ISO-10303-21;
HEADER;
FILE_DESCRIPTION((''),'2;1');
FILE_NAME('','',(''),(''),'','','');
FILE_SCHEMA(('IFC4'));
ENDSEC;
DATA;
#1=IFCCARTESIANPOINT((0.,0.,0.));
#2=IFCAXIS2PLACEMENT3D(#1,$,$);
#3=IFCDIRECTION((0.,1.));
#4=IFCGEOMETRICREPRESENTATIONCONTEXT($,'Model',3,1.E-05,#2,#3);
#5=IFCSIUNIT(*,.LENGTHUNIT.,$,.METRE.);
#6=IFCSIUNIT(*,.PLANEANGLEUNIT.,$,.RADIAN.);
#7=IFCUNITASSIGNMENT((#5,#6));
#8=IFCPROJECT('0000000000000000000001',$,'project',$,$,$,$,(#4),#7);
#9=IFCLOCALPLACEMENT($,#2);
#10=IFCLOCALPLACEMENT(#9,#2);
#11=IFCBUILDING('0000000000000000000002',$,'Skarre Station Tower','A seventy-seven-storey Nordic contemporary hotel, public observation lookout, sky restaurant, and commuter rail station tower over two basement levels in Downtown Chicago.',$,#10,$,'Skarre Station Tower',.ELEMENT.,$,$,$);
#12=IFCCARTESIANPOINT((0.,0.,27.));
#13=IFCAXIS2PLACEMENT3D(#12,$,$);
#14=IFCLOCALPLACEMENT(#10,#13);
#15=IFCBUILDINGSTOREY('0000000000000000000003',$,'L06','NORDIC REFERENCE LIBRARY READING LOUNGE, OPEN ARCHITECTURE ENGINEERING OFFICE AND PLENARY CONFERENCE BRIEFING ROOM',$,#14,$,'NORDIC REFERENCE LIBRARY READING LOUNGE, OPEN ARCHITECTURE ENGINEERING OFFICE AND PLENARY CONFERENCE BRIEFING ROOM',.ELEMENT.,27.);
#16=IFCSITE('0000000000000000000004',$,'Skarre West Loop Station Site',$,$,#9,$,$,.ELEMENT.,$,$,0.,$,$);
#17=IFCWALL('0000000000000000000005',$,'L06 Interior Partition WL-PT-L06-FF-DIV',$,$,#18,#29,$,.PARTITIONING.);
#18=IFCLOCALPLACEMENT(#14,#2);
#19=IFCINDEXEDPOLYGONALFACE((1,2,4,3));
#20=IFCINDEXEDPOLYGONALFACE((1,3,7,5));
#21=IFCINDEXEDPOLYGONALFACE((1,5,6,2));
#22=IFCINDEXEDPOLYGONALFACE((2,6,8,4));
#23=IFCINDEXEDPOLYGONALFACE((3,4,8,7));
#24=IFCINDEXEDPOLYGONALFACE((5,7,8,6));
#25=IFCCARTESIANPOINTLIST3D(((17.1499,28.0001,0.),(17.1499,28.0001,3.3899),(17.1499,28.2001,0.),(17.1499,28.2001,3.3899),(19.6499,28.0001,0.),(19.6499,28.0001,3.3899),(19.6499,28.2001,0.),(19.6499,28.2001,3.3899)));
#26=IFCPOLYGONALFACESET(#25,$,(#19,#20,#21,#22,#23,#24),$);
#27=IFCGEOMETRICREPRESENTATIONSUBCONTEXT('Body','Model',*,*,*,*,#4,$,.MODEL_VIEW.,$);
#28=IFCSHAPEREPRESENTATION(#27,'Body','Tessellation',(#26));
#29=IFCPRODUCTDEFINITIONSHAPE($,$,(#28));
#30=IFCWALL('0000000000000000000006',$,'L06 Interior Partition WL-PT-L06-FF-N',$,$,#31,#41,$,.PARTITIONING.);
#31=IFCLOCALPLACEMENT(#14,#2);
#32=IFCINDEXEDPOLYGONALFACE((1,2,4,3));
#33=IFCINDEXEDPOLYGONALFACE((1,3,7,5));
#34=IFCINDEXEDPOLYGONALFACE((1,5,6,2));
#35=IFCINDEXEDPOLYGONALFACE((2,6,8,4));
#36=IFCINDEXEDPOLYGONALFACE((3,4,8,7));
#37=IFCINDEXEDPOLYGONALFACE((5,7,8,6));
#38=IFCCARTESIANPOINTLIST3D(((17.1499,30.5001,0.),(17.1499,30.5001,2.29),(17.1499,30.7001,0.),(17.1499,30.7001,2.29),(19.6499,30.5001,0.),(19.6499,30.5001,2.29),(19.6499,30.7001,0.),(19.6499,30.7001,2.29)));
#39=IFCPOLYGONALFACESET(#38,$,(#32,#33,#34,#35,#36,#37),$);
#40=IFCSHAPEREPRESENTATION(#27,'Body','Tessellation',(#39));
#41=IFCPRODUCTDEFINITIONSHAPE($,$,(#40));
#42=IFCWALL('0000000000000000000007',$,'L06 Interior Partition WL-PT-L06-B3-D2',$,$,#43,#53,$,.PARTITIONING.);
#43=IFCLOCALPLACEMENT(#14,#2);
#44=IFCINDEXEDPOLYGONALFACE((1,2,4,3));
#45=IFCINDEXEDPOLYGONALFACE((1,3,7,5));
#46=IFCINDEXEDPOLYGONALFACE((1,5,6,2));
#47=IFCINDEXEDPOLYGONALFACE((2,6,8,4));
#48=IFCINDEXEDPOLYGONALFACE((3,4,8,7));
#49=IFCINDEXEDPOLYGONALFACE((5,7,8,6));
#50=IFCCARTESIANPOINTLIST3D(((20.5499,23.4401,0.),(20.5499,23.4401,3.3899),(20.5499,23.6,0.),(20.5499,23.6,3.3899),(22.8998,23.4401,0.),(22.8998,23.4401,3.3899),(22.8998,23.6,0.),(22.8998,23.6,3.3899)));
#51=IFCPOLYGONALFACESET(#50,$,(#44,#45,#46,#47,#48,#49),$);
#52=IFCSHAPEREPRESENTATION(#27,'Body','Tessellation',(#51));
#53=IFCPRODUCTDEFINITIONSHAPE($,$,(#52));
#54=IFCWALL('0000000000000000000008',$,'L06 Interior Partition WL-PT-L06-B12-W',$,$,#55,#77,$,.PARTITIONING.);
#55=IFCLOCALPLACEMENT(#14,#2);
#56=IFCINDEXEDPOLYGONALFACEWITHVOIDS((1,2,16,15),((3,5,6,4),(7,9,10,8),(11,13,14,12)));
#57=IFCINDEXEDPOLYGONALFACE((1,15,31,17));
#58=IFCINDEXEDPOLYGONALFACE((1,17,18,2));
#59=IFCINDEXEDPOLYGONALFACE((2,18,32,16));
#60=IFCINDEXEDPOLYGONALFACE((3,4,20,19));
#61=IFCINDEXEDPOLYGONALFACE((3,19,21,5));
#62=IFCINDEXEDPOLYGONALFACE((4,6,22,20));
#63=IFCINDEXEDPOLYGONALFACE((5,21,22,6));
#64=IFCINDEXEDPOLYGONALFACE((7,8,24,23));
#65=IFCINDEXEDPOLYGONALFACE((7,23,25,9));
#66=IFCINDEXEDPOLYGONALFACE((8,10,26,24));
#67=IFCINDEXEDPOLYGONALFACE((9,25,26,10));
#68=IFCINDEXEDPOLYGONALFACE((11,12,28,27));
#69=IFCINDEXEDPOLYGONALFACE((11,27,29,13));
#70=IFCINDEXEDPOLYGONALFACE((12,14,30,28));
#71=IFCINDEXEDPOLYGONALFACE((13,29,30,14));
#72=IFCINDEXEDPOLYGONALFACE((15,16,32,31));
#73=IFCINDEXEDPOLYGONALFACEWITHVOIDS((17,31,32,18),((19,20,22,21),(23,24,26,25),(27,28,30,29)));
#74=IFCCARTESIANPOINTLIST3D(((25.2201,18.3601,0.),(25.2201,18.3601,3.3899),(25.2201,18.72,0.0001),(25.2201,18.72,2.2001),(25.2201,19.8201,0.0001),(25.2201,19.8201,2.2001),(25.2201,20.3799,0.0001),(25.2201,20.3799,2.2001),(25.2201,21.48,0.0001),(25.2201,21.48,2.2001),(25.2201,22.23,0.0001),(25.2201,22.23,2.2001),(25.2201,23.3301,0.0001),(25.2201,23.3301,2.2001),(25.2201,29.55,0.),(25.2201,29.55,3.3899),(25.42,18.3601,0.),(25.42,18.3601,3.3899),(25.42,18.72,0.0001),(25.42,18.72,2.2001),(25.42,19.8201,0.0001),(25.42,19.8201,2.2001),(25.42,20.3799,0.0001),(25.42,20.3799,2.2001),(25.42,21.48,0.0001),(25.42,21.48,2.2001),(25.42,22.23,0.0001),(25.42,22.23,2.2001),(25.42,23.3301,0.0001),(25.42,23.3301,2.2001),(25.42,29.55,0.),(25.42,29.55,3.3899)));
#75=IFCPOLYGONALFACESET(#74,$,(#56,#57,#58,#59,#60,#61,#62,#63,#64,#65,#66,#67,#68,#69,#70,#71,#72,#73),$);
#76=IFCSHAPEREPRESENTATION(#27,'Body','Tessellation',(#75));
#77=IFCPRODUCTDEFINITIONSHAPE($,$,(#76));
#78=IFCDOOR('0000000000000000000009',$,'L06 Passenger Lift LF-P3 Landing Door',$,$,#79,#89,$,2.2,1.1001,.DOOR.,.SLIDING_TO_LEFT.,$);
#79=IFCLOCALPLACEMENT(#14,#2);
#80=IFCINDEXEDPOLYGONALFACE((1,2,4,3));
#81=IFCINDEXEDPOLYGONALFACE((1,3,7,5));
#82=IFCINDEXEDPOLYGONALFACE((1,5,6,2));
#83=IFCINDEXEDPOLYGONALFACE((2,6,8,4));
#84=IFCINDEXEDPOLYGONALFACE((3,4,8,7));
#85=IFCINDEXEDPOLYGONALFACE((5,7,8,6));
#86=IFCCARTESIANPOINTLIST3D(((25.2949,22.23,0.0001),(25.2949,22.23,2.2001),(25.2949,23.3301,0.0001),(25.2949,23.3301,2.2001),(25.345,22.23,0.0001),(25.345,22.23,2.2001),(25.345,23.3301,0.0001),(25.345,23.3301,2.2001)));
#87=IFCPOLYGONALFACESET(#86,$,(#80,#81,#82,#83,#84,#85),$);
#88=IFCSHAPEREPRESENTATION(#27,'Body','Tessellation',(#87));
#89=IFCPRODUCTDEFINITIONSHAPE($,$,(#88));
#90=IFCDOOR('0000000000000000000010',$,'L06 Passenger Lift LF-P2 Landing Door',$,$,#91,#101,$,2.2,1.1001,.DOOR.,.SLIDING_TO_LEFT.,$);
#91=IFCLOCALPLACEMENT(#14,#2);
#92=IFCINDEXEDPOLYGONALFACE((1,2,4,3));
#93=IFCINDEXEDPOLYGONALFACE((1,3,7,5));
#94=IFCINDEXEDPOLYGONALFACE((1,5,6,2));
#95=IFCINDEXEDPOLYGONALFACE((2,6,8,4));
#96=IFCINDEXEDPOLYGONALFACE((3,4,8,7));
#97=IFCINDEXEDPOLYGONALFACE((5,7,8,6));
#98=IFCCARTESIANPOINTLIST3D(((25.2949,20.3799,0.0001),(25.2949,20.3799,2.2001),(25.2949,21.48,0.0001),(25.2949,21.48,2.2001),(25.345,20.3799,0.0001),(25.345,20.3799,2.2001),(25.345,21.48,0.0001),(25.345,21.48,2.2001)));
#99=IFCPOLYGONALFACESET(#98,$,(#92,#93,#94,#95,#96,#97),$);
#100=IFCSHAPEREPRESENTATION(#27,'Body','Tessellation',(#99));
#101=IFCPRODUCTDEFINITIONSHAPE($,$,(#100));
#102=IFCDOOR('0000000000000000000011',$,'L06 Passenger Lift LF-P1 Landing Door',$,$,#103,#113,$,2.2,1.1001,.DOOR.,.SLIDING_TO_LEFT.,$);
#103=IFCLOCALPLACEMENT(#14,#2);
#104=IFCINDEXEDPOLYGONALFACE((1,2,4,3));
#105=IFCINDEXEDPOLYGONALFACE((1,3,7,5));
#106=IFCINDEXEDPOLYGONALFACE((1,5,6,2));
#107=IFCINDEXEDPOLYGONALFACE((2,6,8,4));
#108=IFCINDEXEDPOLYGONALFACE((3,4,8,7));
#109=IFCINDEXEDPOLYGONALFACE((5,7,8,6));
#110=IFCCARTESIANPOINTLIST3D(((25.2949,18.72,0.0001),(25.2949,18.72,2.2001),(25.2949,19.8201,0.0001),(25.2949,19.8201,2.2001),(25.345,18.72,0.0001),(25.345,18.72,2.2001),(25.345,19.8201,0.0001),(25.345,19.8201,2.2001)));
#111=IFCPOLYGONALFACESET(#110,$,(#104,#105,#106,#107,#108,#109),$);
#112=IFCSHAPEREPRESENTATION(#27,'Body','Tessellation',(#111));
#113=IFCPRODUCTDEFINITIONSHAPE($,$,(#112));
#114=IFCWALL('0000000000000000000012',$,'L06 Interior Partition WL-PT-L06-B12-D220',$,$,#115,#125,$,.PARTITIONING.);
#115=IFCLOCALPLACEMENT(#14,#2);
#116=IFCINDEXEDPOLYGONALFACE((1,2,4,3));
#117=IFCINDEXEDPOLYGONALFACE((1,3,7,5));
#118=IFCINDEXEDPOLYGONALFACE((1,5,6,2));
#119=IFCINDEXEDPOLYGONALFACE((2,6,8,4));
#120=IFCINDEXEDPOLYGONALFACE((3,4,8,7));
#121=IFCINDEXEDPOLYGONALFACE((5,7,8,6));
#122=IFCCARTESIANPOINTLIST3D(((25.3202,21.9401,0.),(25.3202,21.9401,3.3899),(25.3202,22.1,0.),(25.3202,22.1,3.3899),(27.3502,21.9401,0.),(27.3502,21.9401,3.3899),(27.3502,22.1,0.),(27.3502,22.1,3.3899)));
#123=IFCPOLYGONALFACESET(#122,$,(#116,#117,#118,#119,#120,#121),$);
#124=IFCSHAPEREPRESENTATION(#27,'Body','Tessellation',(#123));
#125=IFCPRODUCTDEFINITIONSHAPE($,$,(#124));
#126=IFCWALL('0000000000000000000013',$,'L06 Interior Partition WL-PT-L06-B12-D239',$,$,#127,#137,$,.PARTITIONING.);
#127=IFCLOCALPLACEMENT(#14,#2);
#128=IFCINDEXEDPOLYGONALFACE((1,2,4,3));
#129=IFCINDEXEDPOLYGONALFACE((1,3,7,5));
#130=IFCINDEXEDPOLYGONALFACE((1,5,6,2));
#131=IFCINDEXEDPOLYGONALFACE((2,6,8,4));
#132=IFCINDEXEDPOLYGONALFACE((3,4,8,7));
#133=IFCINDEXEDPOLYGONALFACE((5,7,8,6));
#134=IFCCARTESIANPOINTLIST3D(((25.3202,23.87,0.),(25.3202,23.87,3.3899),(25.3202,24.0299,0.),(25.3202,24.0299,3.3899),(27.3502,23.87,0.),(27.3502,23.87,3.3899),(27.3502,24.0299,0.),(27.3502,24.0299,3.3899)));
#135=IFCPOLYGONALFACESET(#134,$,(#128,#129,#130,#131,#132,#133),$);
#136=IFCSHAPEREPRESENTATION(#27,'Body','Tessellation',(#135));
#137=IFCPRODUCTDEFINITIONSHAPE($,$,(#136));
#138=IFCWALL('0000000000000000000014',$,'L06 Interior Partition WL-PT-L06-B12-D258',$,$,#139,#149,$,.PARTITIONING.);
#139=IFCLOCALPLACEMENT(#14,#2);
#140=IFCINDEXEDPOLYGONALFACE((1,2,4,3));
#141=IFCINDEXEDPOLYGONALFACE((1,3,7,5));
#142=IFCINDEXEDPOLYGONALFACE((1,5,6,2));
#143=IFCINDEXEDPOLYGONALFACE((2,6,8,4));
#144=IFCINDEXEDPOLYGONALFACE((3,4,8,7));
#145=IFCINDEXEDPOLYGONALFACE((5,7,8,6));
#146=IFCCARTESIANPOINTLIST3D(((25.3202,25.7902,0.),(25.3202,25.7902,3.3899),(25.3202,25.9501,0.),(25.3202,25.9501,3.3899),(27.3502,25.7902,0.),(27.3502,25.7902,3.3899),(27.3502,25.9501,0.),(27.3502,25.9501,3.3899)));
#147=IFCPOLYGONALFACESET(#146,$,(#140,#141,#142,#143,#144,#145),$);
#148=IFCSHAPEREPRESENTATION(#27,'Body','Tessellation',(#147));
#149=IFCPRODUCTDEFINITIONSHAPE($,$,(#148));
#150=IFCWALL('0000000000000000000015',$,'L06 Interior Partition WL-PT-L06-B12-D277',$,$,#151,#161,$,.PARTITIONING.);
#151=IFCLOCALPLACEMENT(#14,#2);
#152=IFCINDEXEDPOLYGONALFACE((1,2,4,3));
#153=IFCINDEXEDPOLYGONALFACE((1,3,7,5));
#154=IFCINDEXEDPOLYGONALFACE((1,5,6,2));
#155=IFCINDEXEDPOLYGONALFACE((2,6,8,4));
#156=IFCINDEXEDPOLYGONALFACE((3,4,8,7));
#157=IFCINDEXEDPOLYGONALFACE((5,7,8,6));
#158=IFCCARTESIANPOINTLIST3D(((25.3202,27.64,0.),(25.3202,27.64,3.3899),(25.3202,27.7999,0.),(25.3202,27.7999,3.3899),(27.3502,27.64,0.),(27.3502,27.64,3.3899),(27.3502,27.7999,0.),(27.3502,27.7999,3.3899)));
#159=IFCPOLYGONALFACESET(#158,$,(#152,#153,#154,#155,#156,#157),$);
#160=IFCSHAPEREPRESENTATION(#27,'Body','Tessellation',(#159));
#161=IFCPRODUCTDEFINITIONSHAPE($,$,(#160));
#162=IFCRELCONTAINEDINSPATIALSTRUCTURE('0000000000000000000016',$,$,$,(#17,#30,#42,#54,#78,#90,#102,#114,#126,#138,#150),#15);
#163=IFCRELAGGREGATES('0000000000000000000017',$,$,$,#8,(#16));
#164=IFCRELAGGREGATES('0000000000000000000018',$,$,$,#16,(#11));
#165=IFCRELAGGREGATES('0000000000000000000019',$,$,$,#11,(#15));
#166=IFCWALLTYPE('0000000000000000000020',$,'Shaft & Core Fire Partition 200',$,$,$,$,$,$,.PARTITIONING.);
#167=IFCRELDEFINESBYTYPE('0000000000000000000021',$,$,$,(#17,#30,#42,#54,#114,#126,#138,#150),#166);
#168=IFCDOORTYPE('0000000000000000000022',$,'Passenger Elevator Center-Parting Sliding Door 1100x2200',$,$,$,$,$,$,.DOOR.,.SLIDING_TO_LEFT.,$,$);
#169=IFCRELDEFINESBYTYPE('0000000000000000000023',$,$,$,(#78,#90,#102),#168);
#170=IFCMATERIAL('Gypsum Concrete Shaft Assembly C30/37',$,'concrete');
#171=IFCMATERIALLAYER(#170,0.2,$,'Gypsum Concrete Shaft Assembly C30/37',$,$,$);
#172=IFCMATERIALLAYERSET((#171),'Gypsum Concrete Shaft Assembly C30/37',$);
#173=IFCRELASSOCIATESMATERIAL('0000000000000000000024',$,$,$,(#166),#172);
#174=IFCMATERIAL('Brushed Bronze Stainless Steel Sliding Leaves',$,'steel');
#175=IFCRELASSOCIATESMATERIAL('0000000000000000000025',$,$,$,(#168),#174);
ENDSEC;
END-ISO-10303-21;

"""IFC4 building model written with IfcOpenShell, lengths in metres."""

from ifc_helpers import new_model, si_unit, direction, frame, frame_2d, origin, place, context, subcontext, project, spatial, rectangle, extrude, material, layer, layer_set, type_object, element, fill, save


model = new_model("IFC4")

# Units and contexts
model_context = context("Model", 3, precision=1e-05, world=origin(), true_north=direction((0.0, 1.0)))
body_context = subcontext(model_context, "Body", "Model", "MODEL_VIEW")
ifc_project = project(units=[si_unit("LENGTHUNIT", "METRE"), si_unit("PLANEANGLEUNIT", "RADIAN")], contexts=[model_context])

# Site, building, storey
site_placement = place(None, origin())
site = spatial("IfcSite", under=ifc_project, at=site_placement, Name="Skarre West Loop Station Site", CompositionType="ELEMENT", RefElevation=0.0)
building_placement = place(site_placement, origin())
building = spatial("IfcBuilding", under=site, at=building_placement, Name="Skarre Station Tower", Description="A seventy-seven-storey Nordic contemporary hotel, public observation lookout, sky restaurant, and commuter rail station tower over two basement levels in Downtown Chicago.", LongName="Skarre Station Tower", CompositionType="ELEMENT")
storey_placement = place(building_placement, frame((0.0, 0.0, 27.0)))
storey = spatial("IfcBuildingStorey", under=building, at=storey_placement, Name="L06", Description="NORDIC REFERENCE LIBRARY READING LOUNGE, OPEN ARCHITECTURE ENGINEERING OFFICE AND PLENARY CONFERENCE BRIEFING ROOM", LongName="NORDIC REFERENCE LIBRARY READING LOUNGE, OPEN ARCHITECTURE ENGINEERING OFFICE AND PLENARY CONFERENCE BRIEFING ROOM", CompositionType="ELEMENT", Elevation=27.0)

# Shared definitions
ifc_material_1 = material(Name="Gypsum Concrete Shaft Assembly C30/37", Category="concrete")
ifc_layer_1 = layer(ifc_material_1, 0.2, Name="Gypsum Concrete Shaft Assembly C30/37")
ifc_layer_set_1 = layer_set([ifc_layer_1], Name="Gypsum Concrete Shaft Assembly C30/37")
wall_type_1 = type_object("IfcWallType", Name="Shaft & Core Fire Partition 200", PredefinedType="PARTITIONING", material=ifc_layer_set_1)

# Walls
wall_1_placement = place(storey_placement, frame((17.1499, 28.1001, 0.0), z_axis=(0.0, 0.0, 1.0), x_axis=(1.0, 0.0, 0.0)))
element("IfcWall", 1, at=wall_1_placement, inside=storey, type_object=wall_type_1, Name="L06 Interior Partition WL-PT-L06-FF-DIV", PredefinedType="PARTITIONING", context=body_context, shape_type="SweptSolid", body=[
    extrude(rectangle(XDim=2.5, YDim=0.2, at=frame_2d((1.25, 0.0))), origin(), (0.0, 0.0, 1.0), 3.3899),
])
wall_2_placement = place(storey_placement, frame((19.6499, 30.6001, 0.0), z_axis=(0.0, 0.0, 1.0), x_axis=(-1.0, 0.0, 0.0)))
element("IfcWall", 2, at=wall_2_placement, inside=storey, type_object=wall_type_1, Name="L06 Interior Partition WL-PT-L06-FF-N", PredefinedType="PARTITIONING", context=body_context, shape_type="SweptSolid", body=[
    extrude(rectangle(XDim=2.5, YDim=0.2, at=frame_2d((1.25, 0.0))), origin(), (0.0, 0.0, 1.0), 2.29),
])
wall_3_placement = place(storey_placement, frame((20.55, 23.52, 0.0), z_axis=(0.0, 0.0, 1.0), x_axis=(1.0, 0.0, 0.0)))
element("IfcWall", 3, at=wall_3_placement, inside=storey, type_object=wall_type_1, Name="L06 Interior Partition WL-PT-L06-B3-D2", PredefinedType="PARTITIONING", context=body_context, shape_type="SweptSolid", body=[
    extrude(rectangle(XDim=2.3499, YDim=0.1599, at=frame_2d((1.1748, 0.0))), origin(), (0.0, 0.0, 1.0), 3.3899),
])

# Wall, openings, doors
wall_4_placement = place(storey_placement, frame((25.3201, 29.55, 0.0), z_axis=(0.0, 0.0, 1.0), x_axis=(0.0, -1.0, 0.0)))
wall_4 = element("IfcWall", 4, at=wall_4_placement, inside=storey, type_object=wall_type_1, Name="L06 Interior Partition WL-PT-L06-B12-W", PredefinedType="PARTITIONING", context=body_context, shape_type="SweptSolid", body=[
    extrude(rectangle(XDim=11.1899, YDim=0.2, at=frame_2d((5.595, 0.0))), origin(), (0.0, 0.0, 1.0), 3.3899),
])
opening_1_placement = place(wall_4_placement, frame((6.22, 0.0, 0.0)))
opening_1 = element("IfcOpeningElement", 5, at=opening_1_placement, cuts=wall_4, PredefinedType="OPENING", context=body_context, shape_type="SweptSolid", body=[
    extrude(rectangle(XDim=1.1001, YDim=2.2, at=frame_2d((0.55, 1.1001))), frame((0.0, 0.1099, 0.0), z_axis=(0.0, -1.0, 0.0), x_axis=(1.0, 0.0, 0.0)), (0.0, 0.0, 1.0), 0.22),
])
opening_2_placement = place(wall_4_placement, frame((8.0701, 0.0, 0.0)))
opening_2 = element("IfcOpeningElement", 6, at=opening_2_placement, cuts=wall_4, PredefinedType="OPENING", context=body_context, shape_type="SweptSolid", body=[
    extrude(rectangle(XDim=1.1001, YDim=2.2, at=frame_2d((0.55, 1.1001))), frame((0.0, 0.1099, 0.0), z_axis=(0.0, -1.0, 0.0), x_axis=(1.0, 0.0, 0.0)), (0.0, 0.0, 1.0), 0.22),
])
opening_3_placement = place(wall_4_placement, frame((9.73, 0.0, 0.0)))
opening_3 = element("IfcOpeningElement", 7, at=opening_3_placement, cuts=wall_4, PredefinedType="OPENING", context=body_context, shape_type="SweptSolid", body=[
    extrude(rectangle(XDim=1.1001, YDim=2.2, at=frame_2d((0.55, 1.1001))), frame((0.0, 0.1099, 0.0), z_axis=(0.0, -1.0, 0.0), x_axis=(1.0, 0.0, 0.0)), (0.0, 0.0, 1.0), 0.22),
])
ifc_material_2 = material(Name="Brushed Bronze Stainless Steel Sliding Leaves", Category="steel")
door_type_1 = type_object("IfcDoorType", Name="Passenger Elevator Center-Parting Sliding Door 1100x2200", OperationType="SLIDING_TO_LEFT", PredefinedType="DOOR", material=ifc_material_2)
door_1_placement = place(opening_1_placement, origin())
door_1 = element("IfcDoor", 8, at=door_1_placement, inside=storey, type_object=door_type_1, Name="L06 Passenger Lift LF-P3 Landing Door", OperationType="SLIDING_TO_LEFT", OverallHeight=2.2, OverallWidth=1.1001, PredefinedType="DOOR", context=body_context, shape_type="SweptSolid", body=[
    extrude(rectangle(XDim=1.1001, YDim=2.2, at=frame_2d((0.55, 1.1001))), frame((0.0, 0.0249, 0.0), z_axis=(0.0, -1.0, 0.0), x_axis=(1.0, 0.0, 0.0)), (0.0, 0.0, 1.0), 0.05),
])
fill(opening_1, door_1)
door_2_placement = place(opening_2_placement, origin())
door_2 = element("IfcDoor", 9, at=door_2_placement, inside=storey, type_object=door_type_1, Name="L06 Passenger Lift LF-P2 Landing Door", OperationType="SLIDING_TO_LEFT", OverallHeight=2.2, OverallWidth=1.1001, PredefinedType="DOOR", context=body_context, shape_type="SweptSolid", body=[
    extrude(rectangle(XDim=1.1001, YDim=2.2, at=frame_2d((0.55, 1.1001))), frame((0.0, 0.0249, 0.0), z_axis=(0.0, -1.0, 0.0), x_axis=(1.0, 0.0, 0.0)), (0.0, 0.0, 1.0), 0.05),
])
fill(opening_2, door_2)
door_3_placement = place(opening_3_placement, origin())
door_3 = element("IfcDoor", 10, at=door_3_placement, inside=storey, type_object=door_type_1, Name="L06 Passenger Lift LF-P1 Landing Door", OperationType="SLIDING_TO_LEFT", OverallHeight=2.2, OverallWidth=1.1001, PredefinedType="DOOR", context=body_context, shape_type="SweptSolid", body=[
    extrude(rectangle(XDim=1.1001, YDim=2.2, at=frame_2d((0.55, 1.1001))), frame((0.0, 0.0249, 0.0), z_axis=(0.0, -1.0, 0.0), x_axis=(1.0, 0.0, 0.0)), (0.0, 0.0, 1.0), 0.05),
])
fill(opening_3, door_3)

# Walls
for number, where, z_axis, x_axis, name in (
    (11, (25.3201, 22.02, 0.0), (0.0, 0.0, 1.0), (1.0, 0.0, 0.0), "L06 Interior Partition WL-PT-L06-B12-D220"),
    (12, (25.3201, 23.95, 0.0), (0.0, 0.0, 1.0), (1.0, 0.0, 0.0), "L06 Interior Partition WL-PT-L06-B12-D239"),
    (13, (25.3201, 25.8701, 0.0), (0.0, 0.0, 1.0), (1.0, 0.0, 0.0), "L06 Interior Partition WL-PT-L06-B12-D258"),
    (14, (25.3201, 27.72, 0.0), (0.0, 0.0, 1.0), (1.0, 0.0, 0.0), "L06 Interior Partition WL-PT-L06-B12-D277"),
):
    element("IfcWall", number, at=place(storey_placement, frame(where, z_axis=z_axis, x_axis=x_axis)), inside=storey, type_object=wall_type_1, Name=name, PredefinedType="PARTITIONING", context=body_context, shape_type="SweptSolid", body=[
        extrude(rectangle(XDim=2.03, YDim=0.1599, at=frame_2d((1.0151, 0.0))), origin(), (0.0, 0.0, 1.0), 3.3899),
    ])

save(model, "model.ifc")
